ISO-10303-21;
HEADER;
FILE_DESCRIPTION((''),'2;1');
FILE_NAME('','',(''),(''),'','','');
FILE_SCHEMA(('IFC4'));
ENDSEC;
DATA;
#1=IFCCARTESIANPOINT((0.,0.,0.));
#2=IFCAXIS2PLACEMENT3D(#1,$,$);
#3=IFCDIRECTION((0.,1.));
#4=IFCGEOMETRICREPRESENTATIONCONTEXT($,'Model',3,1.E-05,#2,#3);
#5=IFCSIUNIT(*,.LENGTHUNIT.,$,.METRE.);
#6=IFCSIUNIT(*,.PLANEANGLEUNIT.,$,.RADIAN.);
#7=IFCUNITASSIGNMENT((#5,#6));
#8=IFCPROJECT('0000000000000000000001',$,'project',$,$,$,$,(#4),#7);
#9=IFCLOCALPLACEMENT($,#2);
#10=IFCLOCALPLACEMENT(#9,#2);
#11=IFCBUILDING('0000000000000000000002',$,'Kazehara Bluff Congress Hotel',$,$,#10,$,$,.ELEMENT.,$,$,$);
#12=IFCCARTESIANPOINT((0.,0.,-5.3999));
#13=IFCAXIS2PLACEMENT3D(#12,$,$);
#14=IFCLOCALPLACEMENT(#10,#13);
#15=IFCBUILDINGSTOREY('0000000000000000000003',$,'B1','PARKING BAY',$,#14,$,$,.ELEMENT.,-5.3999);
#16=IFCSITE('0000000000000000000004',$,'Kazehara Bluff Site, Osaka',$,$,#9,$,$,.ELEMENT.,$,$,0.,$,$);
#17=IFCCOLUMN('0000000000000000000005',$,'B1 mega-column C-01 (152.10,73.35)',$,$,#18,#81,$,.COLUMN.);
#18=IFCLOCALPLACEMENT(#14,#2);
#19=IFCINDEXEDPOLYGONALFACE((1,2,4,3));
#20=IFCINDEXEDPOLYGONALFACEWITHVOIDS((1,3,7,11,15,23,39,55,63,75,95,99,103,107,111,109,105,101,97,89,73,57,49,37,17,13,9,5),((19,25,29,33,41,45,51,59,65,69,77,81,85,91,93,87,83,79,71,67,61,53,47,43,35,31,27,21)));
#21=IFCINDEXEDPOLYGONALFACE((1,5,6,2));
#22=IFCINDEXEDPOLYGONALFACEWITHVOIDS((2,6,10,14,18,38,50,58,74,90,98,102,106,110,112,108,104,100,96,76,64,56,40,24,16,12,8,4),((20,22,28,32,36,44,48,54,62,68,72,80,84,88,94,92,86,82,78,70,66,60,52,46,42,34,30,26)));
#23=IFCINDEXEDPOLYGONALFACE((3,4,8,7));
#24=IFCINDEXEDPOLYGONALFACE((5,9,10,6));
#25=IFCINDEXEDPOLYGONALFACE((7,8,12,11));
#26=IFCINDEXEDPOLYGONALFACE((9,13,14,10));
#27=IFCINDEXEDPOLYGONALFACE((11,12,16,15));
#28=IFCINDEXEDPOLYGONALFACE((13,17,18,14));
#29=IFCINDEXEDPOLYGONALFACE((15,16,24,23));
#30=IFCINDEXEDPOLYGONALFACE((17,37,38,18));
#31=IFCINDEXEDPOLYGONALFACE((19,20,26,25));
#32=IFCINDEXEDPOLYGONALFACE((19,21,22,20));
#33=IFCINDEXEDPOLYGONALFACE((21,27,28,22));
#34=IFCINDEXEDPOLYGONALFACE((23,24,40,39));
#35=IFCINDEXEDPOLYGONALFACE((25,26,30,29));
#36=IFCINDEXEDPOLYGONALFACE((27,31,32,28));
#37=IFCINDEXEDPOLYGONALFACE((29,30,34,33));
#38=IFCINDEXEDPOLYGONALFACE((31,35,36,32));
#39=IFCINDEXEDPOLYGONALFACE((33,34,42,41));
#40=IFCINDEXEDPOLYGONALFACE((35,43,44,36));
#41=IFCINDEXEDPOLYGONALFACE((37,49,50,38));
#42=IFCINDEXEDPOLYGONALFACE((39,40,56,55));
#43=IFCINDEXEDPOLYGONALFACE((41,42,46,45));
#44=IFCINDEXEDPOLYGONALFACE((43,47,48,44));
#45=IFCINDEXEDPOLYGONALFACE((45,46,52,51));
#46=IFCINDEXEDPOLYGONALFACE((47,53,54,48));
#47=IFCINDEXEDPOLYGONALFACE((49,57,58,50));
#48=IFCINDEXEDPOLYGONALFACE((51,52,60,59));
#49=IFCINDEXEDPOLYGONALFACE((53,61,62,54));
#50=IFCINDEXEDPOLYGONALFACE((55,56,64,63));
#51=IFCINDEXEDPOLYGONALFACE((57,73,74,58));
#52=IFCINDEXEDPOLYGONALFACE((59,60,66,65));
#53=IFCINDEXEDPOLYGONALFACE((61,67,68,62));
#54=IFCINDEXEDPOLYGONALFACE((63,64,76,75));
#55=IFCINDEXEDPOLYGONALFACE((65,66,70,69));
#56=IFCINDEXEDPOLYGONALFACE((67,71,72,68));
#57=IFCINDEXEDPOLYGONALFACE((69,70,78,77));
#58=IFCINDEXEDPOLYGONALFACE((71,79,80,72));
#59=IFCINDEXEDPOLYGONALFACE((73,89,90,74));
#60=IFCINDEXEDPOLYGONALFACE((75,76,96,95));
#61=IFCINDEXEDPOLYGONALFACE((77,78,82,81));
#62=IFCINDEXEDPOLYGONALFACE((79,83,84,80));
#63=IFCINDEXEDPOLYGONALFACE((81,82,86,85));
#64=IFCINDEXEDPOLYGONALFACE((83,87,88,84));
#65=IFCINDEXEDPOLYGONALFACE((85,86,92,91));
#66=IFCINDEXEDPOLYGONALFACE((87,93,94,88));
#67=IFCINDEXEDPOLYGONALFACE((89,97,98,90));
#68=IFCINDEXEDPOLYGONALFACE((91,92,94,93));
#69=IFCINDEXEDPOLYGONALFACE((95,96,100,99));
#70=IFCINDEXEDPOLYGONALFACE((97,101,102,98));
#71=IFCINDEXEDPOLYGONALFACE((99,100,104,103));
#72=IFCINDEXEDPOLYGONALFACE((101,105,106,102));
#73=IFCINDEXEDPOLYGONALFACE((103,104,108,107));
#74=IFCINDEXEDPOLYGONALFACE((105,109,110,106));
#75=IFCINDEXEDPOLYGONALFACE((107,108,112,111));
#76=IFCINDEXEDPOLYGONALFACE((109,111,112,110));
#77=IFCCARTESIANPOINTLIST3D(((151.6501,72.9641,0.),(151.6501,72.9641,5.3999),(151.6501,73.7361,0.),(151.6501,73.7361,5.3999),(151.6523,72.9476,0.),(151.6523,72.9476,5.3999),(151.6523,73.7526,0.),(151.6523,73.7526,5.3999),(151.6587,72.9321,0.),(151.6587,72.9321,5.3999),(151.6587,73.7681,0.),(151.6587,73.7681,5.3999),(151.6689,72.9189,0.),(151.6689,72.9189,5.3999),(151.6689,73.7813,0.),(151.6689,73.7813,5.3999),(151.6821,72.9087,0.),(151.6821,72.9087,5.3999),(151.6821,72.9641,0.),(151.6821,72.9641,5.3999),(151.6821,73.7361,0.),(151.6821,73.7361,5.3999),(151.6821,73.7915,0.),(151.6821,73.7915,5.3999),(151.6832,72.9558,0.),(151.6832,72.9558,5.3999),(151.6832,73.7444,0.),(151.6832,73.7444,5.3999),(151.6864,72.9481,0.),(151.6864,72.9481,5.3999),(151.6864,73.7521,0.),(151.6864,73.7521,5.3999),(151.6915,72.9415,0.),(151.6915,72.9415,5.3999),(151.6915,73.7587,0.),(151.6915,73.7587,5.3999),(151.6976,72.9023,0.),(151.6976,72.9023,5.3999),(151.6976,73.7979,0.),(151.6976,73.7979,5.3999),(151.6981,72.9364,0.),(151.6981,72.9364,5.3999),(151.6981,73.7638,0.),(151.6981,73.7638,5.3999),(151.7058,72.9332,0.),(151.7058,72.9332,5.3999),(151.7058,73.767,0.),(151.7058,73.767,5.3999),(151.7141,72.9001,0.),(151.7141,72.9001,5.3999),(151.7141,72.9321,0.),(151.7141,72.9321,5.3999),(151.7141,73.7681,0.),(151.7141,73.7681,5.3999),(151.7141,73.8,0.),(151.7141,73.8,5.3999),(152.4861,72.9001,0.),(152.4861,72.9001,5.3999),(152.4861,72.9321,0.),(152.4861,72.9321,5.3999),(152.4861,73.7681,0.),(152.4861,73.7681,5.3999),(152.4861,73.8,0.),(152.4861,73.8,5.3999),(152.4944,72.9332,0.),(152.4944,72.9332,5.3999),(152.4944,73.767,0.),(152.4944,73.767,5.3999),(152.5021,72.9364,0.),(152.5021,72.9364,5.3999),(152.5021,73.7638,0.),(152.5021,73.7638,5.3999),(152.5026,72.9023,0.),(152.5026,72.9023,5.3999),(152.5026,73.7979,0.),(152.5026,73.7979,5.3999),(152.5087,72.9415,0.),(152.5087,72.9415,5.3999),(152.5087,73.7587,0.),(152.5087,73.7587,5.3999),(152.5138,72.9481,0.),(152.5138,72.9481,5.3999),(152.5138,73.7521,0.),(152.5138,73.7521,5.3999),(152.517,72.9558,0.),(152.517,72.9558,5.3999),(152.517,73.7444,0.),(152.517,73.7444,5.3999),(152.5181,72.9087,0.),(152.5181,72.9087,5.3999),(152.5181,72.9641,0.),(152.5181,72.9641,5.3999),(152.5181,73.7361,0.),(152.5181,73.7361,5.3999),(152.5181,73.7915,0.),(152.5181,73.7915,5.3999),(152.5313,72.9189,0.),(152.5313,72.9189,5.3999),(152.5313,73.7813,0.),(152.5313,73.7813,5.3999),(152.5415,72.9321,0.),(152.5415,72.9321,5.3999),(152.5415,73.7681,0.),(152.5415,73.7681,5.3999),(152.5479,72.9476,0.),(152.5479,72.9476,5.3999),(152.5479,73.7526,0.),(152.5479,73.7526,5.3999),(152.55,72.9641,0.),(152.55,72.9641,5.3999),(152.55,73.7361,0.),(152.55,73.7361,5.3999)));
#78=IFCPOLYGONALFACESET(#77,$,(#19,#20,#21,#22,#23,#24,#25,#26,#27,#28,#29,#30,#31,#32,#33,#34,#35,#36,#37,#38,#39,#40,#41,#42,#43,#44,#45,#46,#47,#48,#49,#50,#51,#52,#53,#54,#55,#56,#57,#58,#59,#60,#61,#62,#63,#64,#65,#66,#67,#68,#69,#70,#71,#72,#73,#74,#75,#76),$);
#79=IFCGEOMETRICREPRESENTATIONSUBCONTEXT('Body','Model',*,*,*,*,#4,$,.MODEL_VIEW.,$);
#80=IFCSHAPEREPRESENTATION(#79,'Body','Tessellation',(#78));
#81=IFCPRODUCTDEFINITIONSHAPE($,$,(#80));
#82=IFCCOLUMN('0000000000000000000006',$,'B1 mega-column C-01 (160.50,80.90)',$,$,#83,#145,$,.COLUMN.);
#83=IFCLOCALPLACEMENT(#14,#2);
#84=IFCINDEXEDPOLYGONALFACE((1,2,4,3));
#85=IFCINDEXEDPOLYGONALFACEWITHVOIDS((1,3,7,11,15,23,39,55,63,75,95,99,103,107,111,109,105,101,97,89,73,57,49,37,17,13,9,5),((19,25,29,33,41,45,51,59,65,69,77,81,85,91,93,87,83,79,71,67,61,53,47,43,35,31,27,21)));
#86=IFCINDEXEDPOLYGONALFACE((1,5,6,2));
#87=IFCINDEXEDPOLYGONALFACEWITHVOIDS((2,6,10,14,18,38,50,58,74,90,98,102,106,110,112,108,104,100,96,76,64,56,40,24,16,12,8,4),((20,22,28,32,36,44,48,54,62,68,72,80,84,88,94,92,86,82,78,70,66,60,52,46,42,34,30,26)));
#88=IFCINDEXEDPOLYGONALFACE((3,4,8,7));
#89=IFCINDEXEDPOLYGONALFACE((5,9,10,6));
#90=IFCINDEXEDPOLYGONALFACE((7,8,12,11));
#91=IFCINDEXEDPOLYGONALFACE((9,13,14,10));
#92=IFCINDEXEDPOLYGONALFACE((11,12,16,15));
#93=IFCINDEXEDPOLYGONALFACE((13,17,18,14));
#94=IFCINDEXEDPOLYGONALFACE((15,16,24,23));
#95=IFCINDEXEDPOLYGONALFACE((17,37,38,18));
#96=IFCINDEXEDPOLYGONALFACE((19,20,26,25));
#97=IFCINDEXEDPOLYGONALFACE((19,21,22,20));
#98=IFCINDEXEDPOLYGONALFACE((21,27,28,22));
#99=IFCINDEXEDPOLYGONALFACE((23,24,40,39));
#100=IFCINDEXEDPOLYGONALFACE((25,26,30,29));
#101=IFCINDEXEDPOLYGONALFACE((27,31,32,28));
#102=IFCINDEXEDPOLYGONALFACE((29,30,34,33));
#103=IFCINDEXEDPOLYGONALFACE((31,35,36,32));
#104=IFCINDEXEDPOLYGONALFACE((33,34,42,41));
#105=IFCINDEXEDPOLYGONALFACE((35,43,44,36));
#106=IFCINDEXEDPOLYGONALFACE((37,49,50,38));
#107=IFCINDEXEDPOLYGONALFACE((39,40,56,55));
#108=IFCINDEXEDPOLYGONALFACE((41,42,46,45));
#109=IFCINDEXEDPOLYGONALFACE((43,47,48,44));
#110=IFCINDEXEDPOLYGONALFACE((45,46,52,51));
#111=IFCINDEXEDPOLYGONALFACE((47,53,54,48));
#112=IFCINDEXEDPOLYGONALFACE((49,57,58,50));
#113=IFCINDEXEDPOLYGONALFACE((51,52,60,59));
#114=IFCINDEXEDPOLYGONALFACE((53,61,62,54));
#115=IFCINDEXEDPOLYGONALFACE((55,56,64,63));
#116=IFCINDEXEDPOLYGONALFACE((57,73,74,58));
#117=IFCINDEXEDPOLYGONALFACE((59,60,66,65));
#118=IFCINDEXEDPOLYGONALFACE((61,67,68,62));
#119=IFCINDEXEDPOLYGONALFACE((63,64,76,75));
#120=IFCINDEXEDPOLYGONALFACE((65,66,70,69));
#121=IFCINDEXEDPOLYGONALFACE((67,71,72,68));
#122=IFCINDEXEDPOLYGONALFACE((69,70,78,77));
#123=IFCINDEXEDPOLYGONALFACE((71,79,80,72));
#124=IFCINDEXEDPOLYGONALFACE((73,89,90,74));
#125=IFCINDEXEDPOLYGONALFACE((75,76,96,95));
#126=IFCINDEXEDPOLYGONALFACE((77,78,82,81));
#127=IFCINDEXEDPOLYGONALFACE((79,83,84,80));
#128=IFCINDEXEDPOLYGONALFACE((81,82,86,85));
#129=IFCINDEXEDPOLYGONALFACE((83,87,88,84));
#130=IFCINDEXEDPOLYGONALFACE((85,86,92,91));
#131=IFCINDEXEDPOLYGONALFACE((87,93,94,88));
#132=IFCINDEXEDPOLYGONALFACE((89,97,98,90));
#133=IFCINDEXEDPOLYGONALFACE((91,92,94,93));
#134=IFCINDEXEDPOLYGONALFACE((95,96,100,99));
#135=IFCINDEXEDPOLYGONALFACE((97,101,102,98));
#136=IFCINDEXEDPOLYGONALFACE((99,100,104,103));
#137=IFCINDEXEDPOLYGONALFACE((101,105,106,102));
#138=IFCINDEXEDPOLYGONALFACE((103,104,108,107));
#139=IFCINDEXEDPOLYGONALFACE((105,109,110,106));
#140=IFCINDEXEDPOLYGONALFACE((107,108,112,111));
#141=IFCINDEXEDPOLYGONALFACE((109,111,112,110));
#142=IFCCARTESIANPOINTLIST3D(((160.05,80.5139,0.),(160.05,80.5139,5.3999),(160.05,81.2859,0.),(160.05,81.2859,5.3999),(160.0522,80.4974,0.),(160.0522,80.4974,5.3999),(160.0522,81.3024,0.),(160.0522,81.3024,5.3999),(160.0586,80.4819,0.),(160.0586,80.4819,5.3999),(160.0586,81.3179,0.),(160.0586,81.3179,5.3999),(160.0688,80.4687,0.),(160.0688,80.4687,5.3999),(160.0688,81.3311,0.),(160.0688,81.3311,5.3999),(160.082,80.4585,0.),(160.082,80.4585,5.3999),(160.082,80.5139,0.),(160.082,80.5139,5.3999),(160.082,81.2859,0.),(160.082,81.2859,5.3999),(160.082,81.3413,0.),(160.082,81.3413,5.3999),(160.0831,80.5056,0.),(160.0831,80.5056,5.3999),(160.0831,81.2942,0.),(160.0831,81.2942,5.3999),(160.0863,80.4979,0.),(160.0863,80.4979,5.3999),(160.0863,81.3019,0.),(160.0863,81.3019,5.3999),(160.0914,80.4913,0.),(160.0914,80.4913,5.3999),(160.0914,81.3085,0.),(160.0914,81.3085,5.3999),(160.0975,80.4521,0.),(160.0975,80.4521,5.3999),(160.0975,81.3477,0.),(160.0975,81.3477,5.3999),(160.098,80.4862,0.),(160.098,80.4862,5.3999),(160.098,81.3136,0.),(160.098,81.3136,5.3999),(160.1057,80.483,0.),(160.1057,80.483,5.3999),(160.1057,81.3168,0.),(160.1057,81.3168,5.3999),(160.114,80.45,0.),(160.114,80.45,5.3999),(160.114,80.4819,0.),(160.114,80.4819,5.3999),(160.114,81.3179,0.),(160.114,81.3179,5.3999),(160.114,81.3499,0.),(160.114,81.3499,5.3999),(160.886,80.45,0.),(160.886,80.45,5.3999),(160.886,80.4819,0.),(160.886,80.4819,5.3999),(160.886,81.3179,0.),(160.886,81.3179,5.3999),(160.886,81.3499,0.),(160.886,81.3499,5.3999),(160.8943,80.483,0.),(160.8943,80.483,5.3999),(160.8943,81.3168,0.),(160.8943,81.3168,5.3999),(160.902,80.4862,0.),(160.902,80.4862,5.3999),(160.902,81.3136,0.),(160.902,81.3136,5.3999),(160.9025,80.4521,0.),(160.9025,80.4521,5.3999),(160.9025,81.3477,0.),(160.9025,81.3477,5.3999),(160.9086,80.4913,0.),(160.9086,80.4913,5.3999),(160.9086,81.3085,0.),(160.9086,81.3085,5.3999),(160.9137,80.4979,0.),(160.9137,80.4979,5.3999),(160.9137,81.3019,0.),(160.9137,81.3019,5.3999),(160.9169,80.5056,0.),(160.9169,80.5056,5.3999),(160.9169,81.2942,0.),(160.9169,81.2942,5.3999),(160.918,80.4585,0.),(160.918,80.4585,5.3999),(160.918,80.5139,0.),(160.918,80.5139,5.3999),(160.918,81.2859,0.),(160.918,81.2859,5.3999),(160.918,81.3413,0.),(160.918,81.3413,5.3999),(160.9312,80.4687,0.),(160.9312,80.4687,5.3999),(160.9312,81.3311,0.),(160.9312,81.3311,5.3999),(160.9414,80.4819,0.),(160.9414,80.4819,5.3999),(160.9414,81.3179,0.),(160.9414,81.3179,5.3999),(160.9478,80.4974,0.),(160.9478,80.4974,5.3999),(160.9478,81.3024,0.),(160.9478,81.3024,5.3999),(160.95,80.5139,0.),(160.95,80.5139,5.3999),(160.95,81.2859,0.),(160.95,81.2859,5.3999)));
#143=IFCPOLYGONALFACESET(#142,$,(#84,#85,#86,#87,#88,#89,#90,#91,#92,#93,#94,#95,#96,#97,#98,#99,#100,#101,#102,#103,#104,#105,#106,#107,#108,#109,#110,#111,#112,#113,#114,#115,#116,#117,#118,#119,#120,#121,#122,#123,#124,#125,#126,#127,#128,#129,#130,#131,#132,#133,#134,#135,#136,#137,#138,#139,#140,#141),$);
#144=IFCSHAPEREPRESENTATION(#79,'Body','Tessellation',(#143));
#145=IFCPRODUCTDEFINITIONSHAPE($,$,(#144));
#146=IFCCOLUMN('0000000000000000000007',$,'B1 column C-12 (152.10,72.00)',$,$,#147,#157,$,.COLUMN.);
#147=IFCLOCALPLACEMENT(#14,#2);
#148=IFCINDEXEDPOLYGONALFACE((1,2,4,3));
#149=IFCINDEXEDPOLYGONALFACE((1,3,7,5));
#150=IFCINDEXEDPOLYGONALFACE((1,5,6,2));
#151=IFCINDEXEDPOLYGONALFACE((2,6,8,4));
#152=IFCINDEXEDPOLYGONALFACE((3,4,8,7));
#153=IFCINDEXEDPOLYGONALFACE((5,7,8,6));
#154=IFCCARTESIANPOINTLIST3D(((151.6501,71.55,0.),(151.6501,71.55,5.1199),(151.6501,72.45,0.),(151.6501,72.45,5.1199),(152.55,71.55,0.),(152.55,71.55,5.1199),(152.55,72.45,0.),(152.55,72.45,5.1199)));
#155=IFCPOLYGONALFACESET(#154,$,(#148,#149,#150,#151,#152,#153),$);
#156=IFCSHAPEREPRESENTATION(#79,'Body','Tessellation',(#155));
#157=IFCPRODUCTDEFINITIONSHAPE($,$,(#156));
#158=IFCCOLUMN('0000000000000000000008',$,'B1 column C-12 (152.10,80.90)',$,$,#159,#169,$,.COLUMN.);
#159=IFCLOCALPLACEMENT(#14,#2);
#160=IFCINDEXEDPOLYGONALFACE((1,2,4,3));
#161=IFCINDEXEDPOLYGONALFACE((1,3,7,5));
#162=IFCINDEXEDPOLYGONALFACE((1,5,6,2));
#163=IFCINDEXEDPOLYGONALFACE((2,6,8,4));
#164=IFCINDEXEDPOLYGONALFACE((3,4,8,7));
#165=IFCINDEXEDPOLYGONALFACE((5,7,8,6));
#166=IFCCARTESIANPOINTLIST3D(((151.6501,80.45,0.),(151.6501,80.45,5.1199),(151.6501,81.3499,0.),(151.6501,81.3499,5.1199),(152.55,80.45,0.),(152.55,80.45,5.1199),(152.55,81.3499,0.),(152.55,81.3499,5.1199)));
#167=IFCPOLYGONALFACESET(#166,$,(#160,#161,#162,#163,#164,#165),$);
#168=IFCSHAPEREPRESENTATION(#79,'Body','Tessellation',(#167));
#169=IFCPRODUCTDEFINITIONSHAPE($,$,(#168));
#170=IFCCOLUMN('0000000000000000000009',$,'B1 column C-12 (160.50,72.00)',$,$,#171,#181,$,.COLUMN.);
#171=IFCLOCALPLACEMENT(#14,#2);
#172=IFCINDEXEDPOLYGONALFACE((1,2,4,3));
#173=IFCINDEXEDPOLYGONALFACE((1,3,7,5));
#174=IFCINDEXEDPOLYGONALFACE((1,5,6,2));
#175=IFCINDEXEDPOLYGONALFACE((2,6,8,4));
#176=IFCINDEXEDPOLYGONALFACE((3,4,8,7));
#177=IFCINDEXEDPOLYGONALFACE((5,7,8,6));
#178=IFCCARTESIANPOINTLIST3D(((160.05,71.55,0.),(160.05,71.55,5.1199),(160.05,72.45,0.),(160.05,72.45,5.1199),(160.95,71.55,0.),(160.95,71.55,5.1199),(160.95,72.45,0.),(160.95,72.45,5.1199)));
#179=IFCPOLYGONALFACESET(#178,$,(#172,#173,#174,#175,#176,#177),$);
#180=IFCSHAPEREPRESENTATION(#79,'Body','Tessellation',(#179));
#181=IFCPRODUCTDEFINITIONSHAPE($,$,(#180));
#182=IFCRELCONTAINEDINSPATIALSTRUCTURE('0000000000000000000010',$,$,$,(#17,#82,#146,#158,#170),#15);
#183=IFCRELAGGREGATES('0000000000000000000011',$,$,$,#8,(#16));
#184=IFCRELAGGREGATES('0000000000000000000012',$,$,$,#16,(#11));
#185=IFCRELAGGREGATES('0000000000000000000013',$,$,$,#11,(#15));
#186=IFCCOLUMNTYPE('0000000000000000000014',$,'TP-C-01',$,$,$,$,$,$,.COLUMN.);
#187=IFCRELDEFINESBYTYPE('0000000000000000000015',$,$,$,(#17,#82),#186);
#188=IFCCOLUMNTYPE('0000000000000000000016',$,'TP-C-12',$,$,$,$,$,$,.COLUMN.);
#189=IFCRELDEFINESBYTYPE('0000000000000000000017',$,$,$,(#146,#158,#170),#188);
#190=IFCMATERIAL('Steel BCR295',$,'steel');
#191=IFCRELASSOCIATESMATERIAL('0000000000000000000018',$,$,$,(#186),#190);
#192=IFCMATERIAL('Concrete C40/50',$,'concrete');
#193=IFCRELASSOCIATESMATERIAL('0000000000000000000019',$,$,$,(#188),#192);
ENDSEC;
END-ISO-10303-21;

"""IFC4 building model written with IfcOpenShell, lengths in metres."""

from ifc_helpers import new_model, si_unit, direction, frame, origin, origin_2d, place, context, subcontext, project, spatial, rectangle, hollow_rectangle, extrude, material, material_profile, profile_set, type_object, element, save


model = new_model("IFC4")

# Units and contexts
model_context = context("Model", 3, precision=1e-05, world=origin(), true_north=direction((0.0, 1.0)))
body_context = subcontext(model_context, "Body", "Model", "MODEL_VIEW")
ifc_project = project(units=[si_unit("LENGTHUNIT", "METRE"), si_unit("PLANEANGLEUNIT", "RADIAN")], contexts=[model_context])

# Site, building, storey
site_placement = place(None, origin())
site = spatial("IfcSite", under=ifc_project, at=site_placement, Name="Kazehara Bluff Site, Osaka", CompositionType="ELEMENT", RefElevation=0.0)
building_placement = place(site_placement, origin())
building = spatial("IfcBuilding", under=site, at=building_placement, Name="Kazehara Bluff Congress Hotel", CompositionType="ELEMENT")
storey_placement = place(building_placement, frame((0.0, 0.0, -5.3999)))
storey = spatial("IfcBuildingStorey", under=building, at=storey_placement, Name="B1", Description="PARKING BAY", CompositionType="ELEMENT", Elevation=-5.3999)

# Columns
ifc_material_1 = material(Name="Steel BCR295", Category="steel")
ifc_material_profile_1 = material_profile(ifc_material_1, hollow_rectangle(XDim=0.8999, YDim=0.8999, WallThickness=0.032, InnerFilletRadius=0.032, OuterFilletRadius=0.064, at=origin_2d()))
ifc_profile_set_1 = profile_set([ifc_material_profile_1], Name="Steel BCR295")
column_type_1 = type_object("IfcColumnType", Name="TP-C-01", PredefinedType="COLUMN", material=ifc_profile_set_1)
for number, where, z_axis, x_axis, name in (
    (1, (152.1001, 73.3501, 0.0), (0.0, 0.0, 1.0), (1.0, 0.0, 0.0), "B1 mega-column C-01 (152.10,73.35)"),
    (2, (160.5, 80.8999, 0.0), (0.0, 0.0, 1.0), (1.0, 0.0, 0.0), "B1 mega-column C-01 (160.50,80.90)"),
):
    element("IfcColumn", number, at=place(storey_placement, frame(where, z_axis=z_axis, x_axis=x_axis)), inside=storey, type_object=column_type_1, Name=name, PredefinedType="COLUMN", context=body_context, shape_type="SweptSolid", body=[
        extrude(hollow_rectangle(XDim=0.8999, YDim=0.8999, WallThickness=0.032, InnerFilletRadius=0.032, OuterFilletRadius=0.064, at=origin_2d()), origin(), (0.0, 0.0, 1.0), 5.3999),
    ])
ifc_material_2 = material(Name="Concrete C40/50", Category="concrete")
ifc_material_profile_2 = material_profile(ifc_material_2, rectangle(XDim=0.8999, YDim=0.8999, at=origin_2d()))
ifc_profile_set_2 = profile_set([ifc_material_profile_2], Name="Concrete C40/50")
column_type_2 = type_object("IfcColumnType", Name="TP-C-12", PredefinedType="COLUMN", material=ifc_profile_set_2)
for number, where, z_axis, x_axis, name in (
    (3, (152.1001, 72.0, 0.0), (0.0, 0.0, 1.0), (1.0, 0.0, 0.0), "B1 column C-12 (152.10,72.00)"),
    (4, (152.1001, 80.8999, 0.0), (0.0, 0.0, 1.0), (1.0, 0.0, 0.0), "B1 column C-12 (152.10,80.90)"),
    (5, (160.5, 72.0, 0.0), (0.0, 0.0, 1.0), (1.0, 0.0, 0.0), "B1 column C-12 (160.50,72.00)"),
):
    element("IfcColumn", number, at=place(storey_placement, frame(where, z_axis=z_axis, x_axis=x_axis)), inside=storey, type_object=column_type_2, Name=name, PredefinedType="COLUMN", context=body_context, shape_type="SweptSolid", body=[
        extrude(rectangle(XDim=0.8999, YDim=0.8999, at=origin_2d()), origin(), (0.0, 0.0, 1.0), 5.1199),
    ])

save(model, "model.ifc")
